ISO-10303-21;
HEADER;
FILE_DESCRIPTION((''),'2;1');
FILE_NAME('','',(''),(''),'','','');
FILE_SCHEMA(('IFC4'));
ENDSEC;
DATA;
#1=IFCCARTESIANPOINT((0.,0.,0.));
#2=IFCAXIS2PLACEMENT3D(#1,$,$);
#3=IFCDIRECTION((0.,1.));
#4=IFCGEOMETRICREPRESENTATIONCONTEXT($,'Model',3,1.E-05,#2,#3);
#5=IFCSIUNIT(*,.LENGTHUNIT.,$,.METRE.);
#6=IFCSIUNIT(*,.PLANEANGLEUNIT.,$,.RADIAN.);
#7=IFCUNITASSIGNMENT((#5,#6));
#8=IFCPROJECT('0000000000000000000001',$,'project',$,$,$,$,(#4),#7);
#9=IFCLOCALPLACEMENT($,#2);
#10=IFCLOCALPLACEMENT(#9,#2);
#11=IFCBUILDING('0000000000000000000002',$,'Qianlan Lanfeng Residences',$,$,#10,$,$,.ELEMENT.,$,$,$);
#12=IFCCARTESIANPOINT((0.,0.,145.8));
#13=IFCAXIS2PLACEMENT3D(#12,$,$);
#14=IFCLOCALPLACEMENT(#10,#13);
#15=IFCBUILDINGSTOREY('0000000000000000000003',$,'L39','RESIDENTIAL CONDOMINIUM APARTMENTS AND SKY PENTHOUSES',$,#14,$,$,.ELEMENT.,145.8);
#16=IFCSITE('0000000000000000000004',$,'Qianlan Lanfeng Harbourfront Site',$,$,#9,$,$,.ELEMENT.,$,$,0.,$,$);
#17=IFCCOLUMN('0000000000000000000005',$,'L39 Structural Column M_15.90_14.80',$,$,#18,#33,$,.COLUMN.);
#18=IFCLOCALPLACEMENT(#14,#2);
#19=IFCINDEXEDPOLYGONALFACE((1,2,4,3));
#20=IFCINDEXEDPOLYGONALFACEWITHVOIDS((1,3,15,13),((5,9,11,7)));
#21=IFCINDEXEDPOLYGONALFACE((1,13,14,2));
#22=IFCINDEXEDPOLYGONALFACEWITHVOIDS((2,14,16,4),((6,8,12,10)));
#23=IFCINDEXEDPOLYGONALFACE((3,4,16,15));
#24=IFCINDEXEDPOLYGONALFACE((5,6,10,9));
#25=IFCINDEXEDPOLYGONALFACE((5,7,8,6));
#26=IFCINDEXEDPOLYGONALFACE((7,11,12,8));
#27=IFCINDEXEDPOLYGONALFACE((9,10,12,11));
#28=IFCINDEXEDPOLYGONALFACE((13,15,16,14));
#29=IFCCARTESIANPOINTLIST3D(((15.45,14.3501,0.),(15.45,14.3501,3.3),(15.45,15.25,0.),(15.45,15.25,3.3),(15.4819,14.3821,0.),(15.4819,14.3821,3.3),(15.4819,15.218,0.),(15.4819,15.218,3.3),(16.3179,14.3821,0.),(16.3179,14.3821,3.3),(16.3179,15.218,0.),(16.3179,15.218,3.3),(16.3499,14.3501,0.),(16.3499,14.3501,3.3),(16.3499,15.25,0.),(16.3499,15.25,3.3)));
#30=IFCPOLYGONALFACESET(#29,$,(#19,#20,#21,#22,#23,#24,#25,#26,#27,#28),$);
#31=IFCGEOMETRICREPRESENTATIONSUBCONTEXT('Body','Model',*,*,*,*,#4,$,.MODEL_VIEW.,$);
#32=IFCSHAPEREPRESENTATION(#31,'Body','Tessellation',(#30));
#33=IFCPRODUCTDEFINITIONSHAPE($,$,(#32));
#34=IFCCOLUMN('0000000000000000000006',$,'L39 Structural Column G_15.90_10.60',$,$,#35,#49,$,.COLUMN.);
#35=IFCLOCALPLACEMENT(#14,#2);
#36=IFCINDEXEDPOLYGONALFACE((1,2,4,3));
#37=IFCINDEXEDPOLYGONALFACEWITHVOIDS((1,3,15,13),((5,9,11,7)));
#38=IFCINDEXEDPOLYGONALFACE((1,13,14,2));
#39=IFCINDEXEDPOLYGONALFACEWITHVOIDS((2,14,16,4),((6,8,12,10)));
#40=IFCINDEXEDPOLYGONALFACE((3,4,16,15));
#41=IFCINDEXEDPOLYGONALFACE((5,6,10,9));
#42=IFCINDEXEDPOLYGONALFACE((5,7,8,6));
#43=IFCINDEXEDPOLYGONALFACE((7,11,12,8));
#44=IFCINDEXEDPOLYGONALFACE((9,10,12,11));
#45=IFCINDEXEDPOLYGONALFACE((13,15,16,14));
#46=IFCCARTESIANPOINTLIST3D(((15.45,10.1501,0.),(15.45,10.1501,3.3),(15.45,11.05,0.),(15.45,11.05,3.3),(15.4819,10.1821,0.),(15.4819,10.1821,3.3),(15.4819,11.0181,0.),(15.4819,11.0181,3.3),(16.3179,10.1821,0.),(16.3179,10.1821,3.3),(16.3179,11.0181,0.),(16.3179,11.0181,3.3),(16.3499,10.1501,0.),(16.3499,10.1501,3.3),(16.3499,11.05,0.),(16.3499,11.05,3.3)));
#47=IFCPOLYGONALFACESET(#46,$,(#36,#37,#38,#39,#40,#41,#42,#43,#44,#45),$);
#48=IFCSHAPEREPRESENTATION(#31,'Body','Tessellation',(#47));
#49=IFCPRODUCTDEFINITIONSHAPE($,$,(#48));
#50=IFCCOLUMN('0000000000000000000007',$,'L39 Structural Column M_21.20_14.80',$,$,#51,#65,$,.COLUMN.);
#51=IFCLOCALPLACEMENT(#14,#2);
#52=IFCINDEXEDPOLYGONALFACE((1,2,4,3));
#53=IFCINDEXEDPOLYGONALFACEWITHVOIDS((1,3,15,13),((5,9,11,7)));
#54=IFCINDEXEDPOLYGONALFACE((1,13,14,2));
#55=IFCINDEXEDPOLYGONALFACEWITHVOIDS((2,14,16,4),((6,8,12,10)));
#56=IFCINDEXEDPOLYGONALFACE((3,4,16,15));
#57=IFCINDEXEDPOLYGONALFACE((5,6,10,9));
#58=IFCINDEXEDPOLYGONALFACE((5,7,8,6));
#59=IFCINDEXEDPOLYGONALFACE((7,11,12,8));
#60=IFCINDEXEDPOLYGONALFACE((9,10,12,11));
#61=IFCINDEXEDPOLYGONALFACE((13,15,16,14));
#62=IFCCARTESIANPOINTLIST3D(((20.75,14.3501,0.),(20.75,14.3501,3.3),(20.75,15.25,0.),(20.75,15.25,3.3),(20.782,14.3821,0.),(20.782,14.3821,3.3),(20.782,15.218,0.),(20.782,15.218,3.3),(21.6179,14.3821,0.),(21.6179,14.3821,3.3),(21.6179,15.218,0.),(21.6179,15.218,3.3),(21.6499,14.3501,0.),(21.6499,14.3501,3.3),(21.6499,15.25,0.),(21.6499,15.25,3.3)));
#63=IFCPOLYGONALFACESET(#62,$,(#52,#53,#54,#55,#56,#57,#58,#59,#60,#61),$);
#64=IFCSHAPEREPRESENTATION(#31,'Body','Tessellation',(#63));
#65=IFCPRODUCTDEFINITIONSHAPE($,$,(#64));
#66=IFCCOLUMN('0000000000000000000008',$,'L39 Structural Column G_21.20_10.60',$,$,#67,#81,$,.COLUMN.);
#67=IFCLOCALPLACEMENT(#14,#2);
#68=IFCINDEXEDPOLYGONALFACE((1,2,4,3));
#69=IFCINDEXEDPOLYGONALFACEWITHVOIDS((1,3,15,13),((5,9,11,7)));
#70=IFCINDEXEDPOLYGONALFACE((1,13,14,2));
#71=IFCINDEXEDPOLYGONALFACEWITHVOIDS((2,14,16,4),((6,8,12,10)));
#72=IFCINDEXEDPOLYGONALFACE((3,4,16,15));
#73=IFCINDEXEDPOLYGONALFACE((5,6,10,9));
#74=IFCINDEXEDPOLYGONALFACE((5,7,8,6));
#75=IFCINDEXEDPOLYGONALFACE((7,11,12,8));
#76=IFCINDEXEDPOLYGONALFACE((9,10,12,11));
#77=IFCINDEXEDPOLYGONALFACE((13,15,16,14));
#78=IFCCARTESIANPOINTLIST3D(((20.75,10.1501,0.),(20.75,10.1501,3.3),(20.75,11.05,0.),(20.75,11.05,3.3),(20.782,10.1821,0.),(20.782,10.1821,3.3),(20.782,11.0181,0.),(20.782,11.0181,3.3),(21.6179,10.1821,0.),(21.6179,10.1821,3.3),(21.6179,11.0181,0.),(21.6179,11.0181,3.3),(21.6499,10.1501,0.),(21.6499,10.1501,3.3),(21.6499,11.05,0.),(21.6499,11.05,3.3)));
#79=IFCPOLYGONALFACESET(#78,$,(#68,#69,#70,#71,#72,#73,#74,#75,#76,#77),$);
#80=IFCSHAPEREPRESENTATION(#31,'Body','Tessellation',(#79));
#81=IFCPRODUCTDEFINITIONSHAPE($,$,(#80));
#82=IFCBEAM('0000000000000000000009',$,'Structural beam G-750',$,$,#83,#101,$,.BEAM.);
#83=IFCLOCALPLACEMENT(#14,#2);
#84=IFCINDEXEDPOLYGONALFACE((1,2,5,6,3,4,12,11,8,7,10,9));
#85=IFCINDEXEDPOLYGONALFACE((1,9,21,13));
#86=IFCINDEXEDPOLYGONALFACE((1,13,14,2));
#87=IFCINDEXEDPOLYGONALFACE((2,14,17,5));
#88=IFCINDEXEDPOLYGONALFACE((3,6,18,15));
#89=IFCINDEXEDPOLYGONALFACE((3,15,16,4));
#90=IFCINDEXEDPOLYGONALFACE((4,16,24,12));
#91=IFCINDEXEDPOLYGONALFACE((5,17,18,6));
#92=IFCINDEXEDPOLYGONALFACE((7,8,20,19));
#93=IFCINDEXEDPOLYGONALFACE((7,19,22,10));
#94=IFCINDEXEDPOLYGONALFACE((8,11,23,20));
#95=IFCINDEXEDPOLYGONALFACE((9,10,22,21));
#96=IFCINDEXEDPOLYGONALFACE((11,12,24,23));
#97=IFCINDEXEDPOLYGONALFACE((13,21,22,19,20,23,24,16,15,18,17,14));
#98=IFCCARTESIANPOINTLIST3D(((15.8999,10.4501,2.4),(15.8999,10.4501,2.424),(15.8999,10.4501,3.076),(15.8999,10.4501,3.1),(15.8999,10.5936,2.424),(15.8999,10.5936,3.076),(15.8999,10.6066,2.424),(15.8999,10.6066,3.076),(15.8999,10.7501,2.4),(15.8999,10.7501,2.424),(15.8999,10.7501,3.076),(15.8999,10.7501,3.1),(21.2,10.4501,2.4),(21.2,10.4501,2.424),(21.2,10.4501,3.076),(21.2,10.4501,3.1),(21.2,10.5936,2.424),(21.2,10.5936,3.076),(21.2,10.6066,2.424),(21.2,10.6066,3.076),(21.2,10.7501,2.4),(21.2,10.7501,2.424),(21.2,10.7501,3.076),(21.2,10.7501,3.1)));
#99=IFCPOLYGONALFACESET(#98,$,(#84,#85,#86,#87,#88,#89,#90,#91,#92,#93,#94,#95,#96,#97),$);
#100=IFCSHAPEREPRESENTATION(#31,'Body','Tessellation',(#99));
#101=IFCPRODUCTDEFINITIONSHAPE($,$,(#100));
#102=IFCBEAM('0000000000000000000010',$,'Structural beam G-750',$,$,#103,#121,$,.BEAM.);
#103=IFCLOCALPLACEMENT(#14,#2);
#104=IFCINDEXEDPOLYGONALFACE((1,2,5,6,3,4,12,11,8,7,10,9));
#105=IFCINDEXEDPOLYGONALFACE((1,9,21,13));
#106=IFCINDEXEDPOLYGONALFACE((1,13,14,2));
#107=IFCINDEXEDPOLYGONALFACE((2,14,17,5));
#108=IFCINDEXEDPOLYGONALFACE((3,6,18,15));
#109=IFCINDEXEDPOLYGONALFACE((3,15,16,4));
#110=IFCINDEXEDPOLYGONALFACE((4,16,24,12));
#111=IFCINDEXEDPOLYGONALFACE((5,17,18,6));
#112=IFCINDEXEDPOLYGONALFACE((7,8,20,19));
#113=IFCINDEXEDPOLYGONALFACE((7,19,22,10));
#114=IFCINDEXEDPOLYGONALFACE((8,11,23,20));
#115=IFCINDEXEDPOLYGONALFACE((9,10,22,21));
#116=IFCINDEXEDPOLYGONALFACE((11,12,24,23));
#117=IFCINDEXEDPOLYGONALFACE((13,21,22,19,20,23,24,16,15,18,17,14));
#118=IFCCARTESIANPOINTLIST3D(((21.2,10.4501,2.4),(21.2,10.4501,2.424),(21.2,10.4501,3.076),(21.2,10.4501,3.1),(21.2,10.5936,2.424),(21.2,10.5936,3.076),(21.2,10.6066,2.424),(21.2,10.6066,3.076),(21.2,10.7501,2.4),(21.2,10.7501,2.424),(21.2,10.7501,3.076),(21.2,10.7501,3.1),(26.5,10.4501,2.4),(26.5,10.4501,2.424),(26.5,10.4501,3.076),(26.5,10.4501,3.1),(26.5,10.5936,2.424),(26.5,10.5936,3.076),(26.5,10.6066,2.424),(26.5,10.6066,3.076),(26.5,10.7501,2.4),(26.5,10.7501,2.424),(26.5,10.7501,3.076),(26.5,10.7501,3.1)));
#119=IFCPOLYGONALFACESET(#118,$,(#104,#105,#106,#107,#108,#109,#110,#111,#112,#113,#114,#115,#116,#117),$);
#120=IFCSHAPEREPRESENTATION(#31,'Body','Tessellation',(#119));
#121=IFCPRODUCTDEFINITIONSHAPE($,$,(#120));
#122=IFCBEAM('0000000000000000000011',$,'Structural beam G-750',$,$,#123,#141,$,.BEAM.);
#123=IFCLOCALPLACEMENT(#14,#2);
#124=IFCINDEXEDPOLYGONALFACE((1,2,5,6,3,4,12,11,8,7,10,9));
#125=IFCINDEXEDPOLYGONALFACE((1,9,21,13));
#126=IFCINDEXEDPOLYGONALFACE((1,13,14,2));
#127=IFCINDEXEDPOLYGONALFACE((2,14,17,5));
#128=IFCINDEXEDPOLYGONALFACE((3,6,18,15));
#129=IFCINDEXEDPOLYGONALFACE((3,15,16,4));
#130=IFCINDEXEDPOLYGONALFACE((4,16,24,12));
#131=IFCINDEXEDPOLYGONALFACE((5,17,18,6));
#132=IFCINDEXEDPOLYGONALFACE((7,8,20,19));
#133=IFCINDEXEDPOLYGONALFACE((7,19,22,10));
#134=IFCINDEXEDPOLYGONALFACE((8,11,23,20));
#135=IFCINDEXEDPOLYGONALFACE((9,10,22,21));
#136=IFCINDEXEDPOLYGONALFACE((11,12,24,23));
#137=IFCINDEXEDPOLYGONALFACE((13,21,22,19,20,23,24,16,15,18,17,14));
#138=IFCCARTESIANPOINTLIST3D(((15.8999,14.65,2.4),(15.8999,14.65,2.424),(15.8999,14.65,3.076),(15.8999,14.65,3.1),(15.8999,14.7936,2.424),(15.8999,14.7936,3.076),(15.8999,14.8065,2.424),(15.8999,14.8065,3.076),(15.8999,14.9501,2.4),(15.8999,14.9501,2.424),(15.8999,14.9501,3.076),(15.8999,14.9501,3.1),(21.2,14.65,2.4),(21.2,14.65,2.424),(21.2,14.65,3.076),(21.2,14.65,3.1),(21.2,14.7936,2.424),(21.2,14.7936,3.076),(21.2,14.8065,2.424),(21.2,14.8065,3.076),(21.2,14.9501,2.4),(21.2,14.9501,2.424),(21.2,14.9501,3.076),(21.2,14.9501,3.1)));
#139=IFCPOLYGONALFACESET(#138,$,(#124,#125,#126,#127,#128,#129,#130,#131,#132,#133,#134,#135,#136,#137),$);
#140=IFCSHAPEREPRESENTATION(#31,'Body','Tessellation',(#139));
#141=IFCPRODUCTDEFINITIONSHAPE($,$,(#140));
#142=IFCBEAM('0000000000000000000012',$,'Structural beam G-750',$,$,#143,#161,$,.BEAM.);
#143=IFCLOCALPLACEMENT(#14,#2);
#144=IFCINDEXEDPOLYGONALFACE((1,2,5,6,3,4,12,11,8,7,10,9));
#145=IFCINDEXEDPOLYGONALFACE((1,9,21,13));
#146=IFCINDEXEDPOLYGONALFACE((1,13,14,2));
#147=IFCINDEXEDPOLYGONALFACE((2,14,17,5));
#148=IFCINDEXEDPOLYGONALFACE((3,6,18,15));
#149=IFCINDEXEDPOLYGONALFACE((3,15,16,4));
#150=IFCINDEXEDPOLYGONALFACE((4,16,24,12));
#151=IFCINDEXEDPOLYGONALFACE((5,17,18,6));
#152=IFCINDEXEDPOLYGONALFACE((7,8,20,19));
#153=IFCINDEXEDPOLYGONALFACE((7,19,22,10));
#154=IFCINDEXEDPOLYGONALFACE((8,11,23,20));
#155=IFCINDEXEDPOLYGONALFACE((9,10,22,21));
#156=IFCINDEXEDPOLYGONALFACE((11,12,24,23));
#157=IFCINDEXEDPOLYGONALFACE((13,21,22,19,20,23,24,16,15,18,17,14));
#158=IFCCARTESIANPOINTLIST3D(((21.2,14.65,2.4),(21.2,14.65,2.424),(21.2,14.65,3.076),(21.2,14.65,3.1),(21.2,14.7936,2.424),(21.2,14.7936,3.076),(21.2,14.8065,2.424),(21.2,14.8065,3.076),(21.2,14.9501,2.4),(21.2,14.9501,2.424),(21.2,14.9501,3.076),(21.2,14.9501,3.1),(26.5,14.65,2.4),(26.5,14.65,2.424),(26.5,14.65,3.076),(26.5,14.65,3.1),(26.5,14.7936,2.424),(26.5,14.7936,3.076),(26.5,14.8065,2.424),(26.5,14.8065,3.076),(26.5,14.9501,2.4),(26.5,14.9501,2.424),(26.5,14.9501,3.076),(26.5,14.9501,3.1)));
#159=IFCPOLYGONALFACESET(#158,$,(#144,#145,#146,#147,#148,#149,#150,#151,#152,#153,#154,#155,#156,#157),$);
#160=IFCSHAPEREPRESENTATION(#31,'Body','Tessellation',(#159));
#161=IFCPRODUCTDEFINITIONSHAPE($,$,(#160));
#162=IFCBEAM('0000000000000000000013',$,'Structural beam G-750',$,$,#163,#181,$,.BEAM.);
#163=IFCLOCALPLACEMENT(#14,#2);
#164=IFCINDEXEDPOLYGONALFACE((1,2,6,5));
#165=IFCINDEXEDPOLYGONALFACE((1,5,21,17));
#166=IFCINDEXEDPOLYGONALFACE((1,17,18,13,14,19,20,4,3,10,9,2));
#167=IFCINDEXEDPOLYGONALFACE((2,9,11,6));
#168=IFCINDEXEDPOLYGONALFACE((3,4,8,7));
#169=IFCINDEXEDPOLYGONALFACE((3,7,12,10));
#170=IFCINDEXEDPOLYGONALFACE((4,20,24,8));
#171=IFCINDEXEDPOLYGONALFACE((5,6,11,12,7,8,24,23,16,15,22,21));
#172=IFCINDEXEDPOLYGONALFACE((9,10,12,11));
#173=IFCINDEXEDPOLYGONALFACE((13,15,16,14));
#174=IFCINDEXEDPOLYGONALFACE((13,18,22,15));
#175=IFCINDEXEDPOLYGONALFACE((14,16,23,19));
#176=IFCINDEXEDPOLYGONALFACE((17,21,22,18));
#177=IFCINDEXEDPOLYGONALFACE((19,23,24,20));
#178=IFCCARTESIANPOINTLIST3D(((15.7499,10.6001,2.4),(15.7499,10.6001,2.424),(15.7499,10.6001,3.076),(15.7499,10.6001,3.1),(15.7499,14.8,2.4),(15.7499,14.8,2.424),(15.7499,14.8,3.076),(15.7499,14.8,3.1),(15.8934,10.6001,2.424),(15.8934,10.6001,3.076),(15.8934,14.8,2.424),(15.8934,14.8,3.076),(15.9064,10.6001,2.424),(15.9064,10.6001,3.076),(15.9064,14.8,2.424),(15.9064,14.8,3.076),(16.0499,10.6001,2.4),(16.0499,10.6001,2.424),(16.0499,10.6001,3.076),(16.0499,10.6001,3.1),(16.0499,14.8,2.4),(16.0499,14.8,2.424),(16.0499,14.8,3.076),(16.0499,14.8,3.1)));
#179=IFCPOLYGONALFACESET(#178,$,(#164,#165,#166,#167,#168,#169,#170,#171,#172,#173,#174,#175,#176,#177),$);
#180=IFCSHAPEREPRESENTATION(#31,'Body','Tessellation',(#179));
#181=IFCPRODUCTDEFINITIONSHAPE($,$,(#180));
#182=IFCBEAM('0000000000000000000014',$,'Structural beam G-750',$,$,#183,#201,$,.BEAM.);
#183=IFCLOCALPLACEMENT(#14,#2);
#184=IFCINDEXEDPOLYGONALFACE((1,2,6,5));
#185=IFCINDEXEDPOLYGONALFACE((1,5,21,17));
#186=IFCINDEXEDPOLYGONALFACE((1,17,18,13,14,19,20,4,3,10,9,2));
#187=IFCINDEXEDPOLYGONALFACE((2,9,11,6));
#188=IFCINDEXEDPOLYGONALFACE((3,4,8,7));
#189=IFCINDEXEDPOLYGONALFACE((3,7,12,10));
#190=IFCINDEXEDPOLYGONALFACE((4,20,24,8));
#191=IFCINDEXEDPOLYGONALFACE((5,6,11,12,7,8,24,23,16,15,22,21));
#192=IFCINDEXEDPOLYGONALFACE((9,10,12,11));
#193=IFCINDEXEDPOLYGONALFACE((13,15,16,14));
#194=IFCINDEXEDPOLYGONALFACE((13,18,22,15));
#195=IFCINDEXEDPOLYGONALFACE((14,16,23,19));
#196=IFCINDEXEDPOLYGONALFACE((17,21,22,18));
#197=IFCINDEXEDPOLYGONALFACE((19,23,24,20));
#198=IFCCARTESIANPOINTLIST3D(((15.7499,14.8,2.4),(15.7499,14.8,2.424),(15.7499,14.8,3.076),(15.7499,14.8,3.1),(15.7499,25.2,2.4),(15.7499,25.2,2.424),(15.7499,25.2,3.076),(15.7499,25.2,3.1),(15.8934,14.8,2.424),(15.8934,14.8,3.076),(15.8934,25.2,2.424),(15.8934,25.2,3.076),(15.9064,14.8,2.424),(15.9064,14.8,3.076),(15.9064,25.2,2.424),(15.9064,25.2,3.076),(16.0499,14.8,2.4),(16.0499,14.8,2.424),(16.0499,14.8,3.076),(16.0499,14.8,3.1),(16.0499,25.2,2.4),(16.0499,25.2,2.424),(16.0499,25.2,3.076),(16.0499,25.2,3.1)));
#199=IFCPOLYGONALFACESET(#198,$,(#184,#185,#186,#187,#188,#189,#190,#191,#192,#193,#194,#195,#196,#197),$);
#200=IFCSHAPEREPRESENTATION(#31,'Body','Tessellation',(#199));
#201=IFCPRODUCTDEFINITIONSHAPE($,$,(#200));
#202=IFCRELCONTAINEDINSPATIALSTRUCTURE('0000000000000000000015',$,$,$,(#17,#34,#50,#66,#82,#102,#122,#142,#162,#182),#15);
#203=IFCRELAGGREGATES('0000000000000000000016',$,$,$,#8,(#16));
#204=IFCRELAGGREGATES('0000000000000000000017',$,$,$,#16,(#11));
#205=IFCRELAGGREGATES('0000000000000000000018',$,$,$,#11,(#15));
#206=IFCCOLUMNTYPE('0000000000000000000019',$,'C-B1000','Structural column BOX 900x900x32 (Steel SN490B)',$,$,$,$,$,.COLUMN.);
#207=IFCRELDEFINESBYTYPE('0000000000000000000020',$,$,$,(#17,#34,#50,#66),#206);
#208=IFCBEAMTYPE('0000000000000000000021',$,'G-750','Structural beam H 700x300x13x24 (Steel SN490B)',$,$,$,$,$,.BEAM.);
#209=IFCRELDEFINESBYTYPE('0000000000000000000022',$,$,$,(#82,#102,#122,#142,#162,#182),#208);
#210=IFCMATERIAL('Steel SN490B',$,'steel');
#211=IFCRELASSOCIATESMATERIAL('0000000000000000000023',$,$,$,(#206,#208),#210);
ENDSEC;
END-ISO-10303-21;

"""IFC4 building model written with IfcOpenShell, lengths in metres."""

from ifc_helpers import new_model, si_unit, direction, frame, origin, origin_2d, place, context, subcontext, project, spatial, hollow_rectangle, i_section, extrude, material, material_profile, profile_set, type_object, element, save


model = new_model("IFC4")

# Units and contexts
model_context = context("Model", 3, precision=1e-05, world=origin(), true_north=direction((0.0, 1.0)))
body_context = subcontext(model_context, "Body", "Model", "MODEL_VIEW")
ifc_project = project(units=[si_unit("LENGTHUNIT", "METRE"), si_unit("PLANEANGLEUNIT", "RADIAN")], contexts=[model_context])

# Site, building, storey
site_placement = place(None, origin())
site = spatial("IfcSite", under=ifc_project, at=site_placement, Name="Qianlan Lanfeng Harbourfront Site", CompositionType="ELEMENT", RefElevation=0.0)
building_placement = place(site_placement, origin())
building = spatial("IfcBuilding", under=site, at=building_placement, Name="Qianlan Lanfeng Residences", CompositionType="ELEMENT")
storey_placement = place(building_placement, frame((0.0, 0.0, 145.8)))
storey = spatial("IfcBuildingStorey", under=building, at=storey_placement, Name="L39", Description="RESIDENTIAL CONDOMINIUM APARTMENTS AND SKY PENTHOUSES", CompositionType="ELEMENT", Elevation=145.8)

# Columns
ifc_material_1 = material(Name="Steel SN490B", Category="steel")
ifc_material_profile_1 = material_profile(ifc_material_1, hollow_rectangle(XDim=0.8999, YDim=0.8999, WallThickness=0.032, at=origin_2d()), Name="BOX 900x900x32")
ifc_profile_set_1 = profile_set([ifc_material_profile_1], Name="Steel SN490B")
column_type = type_object("IfcColumnType", Name="C-B1000", Description="Structural column BOX 900x900x32 (Steel SN490B)", PredefinedType="COLUMN", material=ifc_profile_set_1)
for number, where, z_axis, x_axis, name in (
    (1, (15.8999, 14.8, 0.0), (0.0, 0.0, 1.0), (1.0, 0.0, 0.0), "L39 Structural Column M_15.90_14.80"),
    (2, (15.8999, 10.6001, 0.0), (0.0, 0.0, 1.0), (1.0, 0.0, 0.0), "L39 Structural Column G_15.90_10.60"),
    (3, (21.2, 14.8, 0.0), (0.0, 0.0, 1.0), (1.0, 0.0, 0.0), "L39 Structural Column M_21.20_14.80"),
    (4, (21.2, 10.6001, 0.0), (0.0, 0.0, 1.0), (1.0, 0.0, 0.0), "L39 Structural Column G_21.20_10.60"),
):
    element("IfcColumn", number, at=place(storey_placement, frame(where, z_axis=z_axis, x_axis=x_axis)), inside=storey, type_object=column_type, Name=name, PredefinedType="COLUMN", context=body_context, shape_type="SweptSolid", body=[
        extrude(hollow_rectangle(XDim=0.8999, YDim=0.8999, WallThickness=0.032, at=origin_2d()), origin(), (0.0, 0.0, 1.0), 3.3),
    ])

# Beams
ifc_material_profile_2 = material_profile(ifc_material_1, i_section(OverallWidth=0.3, OverallDepth=0.7, WebThickness=0.0129, FlangeThickness=0.0239, at=origin_2d()), Name="H 700x300x13x24")
ifc_profile_set_2 = profile_set([ifc_material_profile_2], Name="Steel SN490B")
beam_type_1 = type_object("IfcBeamType", Name="G-750", Description="Structural beam H 700x300x13x24 (Steel SN490B)", PredefinedType="BEAM", material=ifc_profile_set_2)
for number, where, z_axis, x_axis, name in (
    (5, (15.8999, 10.6001, 2.75), (1.0, 0.0, 0.0), (0.0, 1.0, 0.0), "Structural beam G-750"),
    (6, (21.2, 10.6001, 2.75), (1.0, 0.0, 0.0), (0.0, 1.0, 0.0), "Structural beam G-750"),
    (7, (15.8999, 14.8, 2.75), (1.0, 0.0, 0.0), (0.0, 1.0, 0.0), "Structural beam G-750"),
    (8, (21.2, 14.8, 2.75), (1.0, 0.0, 0.0), (0.0, 1.0, 0.0), "Structural beam G-750"),
):
    element("IfcBeam", number, at=place(storey_placement, frame(where, z_axis=z_axis, x_axis=x_axis)), inside=storey, type_object=beam_type_1, Name=name, PredefinedType="BEAM", context=body_context, shape_type="SweptSolid", body=[
        extrude(i_section(OverallWidth=0.3, OverallDepth=0.7, WebThickness=0.0129, FlangeThickness=0.0239, at=origin_2d()), origin(), (0.0, 0.0, 1.0), 5.3),
    ])
beam_1_placement = place(storey_placement, frame((15.8999, 10.6001, 2.75), z_axis=(0.0, 1.0, 0.0), x_axis=(-1.0, 0.0, 0.0)))
element("IfcBeam", 9, at=beam_1_placement, inside=storey, type_object=beam_type_1, Name="Structural beam G-750", PredefinedType="BEAM", context=body_context, shape_type="SweptSolid", body=[
    extrude(i_section(OverallWidth=0.3, OverallDepth=0.7, WebThickness=0.0129, FlangeThickness=0.0239, at=origin_2d()), origin(), (0.0, 0.0, 1.0), 4.2),
])
beam_2_placement = place(storey_placement, frame((15.8999, 14.8, 2.75), z_axis=(0.0, 1.0, 0.0), x_axis=(-1.0, 0.0, 0.0)))
element("IfcBeam", 10, at=beam_2_placement, inside=storey, type_object=beam_type_1, Name="Structural beam G-750", PredefinedType="BEAM", context=body_context, shape_type="SweptSolid", body=[
    extrude(i_section(OverallWidth=0.3, OverallDepth=0.7, WebThickness=0.0129, FlangeThickness=0.0239, at=origin_2d()), origin(), (0.0, 0.0, 1.0), 10.3999),
])

save(model, "model.ifc")
